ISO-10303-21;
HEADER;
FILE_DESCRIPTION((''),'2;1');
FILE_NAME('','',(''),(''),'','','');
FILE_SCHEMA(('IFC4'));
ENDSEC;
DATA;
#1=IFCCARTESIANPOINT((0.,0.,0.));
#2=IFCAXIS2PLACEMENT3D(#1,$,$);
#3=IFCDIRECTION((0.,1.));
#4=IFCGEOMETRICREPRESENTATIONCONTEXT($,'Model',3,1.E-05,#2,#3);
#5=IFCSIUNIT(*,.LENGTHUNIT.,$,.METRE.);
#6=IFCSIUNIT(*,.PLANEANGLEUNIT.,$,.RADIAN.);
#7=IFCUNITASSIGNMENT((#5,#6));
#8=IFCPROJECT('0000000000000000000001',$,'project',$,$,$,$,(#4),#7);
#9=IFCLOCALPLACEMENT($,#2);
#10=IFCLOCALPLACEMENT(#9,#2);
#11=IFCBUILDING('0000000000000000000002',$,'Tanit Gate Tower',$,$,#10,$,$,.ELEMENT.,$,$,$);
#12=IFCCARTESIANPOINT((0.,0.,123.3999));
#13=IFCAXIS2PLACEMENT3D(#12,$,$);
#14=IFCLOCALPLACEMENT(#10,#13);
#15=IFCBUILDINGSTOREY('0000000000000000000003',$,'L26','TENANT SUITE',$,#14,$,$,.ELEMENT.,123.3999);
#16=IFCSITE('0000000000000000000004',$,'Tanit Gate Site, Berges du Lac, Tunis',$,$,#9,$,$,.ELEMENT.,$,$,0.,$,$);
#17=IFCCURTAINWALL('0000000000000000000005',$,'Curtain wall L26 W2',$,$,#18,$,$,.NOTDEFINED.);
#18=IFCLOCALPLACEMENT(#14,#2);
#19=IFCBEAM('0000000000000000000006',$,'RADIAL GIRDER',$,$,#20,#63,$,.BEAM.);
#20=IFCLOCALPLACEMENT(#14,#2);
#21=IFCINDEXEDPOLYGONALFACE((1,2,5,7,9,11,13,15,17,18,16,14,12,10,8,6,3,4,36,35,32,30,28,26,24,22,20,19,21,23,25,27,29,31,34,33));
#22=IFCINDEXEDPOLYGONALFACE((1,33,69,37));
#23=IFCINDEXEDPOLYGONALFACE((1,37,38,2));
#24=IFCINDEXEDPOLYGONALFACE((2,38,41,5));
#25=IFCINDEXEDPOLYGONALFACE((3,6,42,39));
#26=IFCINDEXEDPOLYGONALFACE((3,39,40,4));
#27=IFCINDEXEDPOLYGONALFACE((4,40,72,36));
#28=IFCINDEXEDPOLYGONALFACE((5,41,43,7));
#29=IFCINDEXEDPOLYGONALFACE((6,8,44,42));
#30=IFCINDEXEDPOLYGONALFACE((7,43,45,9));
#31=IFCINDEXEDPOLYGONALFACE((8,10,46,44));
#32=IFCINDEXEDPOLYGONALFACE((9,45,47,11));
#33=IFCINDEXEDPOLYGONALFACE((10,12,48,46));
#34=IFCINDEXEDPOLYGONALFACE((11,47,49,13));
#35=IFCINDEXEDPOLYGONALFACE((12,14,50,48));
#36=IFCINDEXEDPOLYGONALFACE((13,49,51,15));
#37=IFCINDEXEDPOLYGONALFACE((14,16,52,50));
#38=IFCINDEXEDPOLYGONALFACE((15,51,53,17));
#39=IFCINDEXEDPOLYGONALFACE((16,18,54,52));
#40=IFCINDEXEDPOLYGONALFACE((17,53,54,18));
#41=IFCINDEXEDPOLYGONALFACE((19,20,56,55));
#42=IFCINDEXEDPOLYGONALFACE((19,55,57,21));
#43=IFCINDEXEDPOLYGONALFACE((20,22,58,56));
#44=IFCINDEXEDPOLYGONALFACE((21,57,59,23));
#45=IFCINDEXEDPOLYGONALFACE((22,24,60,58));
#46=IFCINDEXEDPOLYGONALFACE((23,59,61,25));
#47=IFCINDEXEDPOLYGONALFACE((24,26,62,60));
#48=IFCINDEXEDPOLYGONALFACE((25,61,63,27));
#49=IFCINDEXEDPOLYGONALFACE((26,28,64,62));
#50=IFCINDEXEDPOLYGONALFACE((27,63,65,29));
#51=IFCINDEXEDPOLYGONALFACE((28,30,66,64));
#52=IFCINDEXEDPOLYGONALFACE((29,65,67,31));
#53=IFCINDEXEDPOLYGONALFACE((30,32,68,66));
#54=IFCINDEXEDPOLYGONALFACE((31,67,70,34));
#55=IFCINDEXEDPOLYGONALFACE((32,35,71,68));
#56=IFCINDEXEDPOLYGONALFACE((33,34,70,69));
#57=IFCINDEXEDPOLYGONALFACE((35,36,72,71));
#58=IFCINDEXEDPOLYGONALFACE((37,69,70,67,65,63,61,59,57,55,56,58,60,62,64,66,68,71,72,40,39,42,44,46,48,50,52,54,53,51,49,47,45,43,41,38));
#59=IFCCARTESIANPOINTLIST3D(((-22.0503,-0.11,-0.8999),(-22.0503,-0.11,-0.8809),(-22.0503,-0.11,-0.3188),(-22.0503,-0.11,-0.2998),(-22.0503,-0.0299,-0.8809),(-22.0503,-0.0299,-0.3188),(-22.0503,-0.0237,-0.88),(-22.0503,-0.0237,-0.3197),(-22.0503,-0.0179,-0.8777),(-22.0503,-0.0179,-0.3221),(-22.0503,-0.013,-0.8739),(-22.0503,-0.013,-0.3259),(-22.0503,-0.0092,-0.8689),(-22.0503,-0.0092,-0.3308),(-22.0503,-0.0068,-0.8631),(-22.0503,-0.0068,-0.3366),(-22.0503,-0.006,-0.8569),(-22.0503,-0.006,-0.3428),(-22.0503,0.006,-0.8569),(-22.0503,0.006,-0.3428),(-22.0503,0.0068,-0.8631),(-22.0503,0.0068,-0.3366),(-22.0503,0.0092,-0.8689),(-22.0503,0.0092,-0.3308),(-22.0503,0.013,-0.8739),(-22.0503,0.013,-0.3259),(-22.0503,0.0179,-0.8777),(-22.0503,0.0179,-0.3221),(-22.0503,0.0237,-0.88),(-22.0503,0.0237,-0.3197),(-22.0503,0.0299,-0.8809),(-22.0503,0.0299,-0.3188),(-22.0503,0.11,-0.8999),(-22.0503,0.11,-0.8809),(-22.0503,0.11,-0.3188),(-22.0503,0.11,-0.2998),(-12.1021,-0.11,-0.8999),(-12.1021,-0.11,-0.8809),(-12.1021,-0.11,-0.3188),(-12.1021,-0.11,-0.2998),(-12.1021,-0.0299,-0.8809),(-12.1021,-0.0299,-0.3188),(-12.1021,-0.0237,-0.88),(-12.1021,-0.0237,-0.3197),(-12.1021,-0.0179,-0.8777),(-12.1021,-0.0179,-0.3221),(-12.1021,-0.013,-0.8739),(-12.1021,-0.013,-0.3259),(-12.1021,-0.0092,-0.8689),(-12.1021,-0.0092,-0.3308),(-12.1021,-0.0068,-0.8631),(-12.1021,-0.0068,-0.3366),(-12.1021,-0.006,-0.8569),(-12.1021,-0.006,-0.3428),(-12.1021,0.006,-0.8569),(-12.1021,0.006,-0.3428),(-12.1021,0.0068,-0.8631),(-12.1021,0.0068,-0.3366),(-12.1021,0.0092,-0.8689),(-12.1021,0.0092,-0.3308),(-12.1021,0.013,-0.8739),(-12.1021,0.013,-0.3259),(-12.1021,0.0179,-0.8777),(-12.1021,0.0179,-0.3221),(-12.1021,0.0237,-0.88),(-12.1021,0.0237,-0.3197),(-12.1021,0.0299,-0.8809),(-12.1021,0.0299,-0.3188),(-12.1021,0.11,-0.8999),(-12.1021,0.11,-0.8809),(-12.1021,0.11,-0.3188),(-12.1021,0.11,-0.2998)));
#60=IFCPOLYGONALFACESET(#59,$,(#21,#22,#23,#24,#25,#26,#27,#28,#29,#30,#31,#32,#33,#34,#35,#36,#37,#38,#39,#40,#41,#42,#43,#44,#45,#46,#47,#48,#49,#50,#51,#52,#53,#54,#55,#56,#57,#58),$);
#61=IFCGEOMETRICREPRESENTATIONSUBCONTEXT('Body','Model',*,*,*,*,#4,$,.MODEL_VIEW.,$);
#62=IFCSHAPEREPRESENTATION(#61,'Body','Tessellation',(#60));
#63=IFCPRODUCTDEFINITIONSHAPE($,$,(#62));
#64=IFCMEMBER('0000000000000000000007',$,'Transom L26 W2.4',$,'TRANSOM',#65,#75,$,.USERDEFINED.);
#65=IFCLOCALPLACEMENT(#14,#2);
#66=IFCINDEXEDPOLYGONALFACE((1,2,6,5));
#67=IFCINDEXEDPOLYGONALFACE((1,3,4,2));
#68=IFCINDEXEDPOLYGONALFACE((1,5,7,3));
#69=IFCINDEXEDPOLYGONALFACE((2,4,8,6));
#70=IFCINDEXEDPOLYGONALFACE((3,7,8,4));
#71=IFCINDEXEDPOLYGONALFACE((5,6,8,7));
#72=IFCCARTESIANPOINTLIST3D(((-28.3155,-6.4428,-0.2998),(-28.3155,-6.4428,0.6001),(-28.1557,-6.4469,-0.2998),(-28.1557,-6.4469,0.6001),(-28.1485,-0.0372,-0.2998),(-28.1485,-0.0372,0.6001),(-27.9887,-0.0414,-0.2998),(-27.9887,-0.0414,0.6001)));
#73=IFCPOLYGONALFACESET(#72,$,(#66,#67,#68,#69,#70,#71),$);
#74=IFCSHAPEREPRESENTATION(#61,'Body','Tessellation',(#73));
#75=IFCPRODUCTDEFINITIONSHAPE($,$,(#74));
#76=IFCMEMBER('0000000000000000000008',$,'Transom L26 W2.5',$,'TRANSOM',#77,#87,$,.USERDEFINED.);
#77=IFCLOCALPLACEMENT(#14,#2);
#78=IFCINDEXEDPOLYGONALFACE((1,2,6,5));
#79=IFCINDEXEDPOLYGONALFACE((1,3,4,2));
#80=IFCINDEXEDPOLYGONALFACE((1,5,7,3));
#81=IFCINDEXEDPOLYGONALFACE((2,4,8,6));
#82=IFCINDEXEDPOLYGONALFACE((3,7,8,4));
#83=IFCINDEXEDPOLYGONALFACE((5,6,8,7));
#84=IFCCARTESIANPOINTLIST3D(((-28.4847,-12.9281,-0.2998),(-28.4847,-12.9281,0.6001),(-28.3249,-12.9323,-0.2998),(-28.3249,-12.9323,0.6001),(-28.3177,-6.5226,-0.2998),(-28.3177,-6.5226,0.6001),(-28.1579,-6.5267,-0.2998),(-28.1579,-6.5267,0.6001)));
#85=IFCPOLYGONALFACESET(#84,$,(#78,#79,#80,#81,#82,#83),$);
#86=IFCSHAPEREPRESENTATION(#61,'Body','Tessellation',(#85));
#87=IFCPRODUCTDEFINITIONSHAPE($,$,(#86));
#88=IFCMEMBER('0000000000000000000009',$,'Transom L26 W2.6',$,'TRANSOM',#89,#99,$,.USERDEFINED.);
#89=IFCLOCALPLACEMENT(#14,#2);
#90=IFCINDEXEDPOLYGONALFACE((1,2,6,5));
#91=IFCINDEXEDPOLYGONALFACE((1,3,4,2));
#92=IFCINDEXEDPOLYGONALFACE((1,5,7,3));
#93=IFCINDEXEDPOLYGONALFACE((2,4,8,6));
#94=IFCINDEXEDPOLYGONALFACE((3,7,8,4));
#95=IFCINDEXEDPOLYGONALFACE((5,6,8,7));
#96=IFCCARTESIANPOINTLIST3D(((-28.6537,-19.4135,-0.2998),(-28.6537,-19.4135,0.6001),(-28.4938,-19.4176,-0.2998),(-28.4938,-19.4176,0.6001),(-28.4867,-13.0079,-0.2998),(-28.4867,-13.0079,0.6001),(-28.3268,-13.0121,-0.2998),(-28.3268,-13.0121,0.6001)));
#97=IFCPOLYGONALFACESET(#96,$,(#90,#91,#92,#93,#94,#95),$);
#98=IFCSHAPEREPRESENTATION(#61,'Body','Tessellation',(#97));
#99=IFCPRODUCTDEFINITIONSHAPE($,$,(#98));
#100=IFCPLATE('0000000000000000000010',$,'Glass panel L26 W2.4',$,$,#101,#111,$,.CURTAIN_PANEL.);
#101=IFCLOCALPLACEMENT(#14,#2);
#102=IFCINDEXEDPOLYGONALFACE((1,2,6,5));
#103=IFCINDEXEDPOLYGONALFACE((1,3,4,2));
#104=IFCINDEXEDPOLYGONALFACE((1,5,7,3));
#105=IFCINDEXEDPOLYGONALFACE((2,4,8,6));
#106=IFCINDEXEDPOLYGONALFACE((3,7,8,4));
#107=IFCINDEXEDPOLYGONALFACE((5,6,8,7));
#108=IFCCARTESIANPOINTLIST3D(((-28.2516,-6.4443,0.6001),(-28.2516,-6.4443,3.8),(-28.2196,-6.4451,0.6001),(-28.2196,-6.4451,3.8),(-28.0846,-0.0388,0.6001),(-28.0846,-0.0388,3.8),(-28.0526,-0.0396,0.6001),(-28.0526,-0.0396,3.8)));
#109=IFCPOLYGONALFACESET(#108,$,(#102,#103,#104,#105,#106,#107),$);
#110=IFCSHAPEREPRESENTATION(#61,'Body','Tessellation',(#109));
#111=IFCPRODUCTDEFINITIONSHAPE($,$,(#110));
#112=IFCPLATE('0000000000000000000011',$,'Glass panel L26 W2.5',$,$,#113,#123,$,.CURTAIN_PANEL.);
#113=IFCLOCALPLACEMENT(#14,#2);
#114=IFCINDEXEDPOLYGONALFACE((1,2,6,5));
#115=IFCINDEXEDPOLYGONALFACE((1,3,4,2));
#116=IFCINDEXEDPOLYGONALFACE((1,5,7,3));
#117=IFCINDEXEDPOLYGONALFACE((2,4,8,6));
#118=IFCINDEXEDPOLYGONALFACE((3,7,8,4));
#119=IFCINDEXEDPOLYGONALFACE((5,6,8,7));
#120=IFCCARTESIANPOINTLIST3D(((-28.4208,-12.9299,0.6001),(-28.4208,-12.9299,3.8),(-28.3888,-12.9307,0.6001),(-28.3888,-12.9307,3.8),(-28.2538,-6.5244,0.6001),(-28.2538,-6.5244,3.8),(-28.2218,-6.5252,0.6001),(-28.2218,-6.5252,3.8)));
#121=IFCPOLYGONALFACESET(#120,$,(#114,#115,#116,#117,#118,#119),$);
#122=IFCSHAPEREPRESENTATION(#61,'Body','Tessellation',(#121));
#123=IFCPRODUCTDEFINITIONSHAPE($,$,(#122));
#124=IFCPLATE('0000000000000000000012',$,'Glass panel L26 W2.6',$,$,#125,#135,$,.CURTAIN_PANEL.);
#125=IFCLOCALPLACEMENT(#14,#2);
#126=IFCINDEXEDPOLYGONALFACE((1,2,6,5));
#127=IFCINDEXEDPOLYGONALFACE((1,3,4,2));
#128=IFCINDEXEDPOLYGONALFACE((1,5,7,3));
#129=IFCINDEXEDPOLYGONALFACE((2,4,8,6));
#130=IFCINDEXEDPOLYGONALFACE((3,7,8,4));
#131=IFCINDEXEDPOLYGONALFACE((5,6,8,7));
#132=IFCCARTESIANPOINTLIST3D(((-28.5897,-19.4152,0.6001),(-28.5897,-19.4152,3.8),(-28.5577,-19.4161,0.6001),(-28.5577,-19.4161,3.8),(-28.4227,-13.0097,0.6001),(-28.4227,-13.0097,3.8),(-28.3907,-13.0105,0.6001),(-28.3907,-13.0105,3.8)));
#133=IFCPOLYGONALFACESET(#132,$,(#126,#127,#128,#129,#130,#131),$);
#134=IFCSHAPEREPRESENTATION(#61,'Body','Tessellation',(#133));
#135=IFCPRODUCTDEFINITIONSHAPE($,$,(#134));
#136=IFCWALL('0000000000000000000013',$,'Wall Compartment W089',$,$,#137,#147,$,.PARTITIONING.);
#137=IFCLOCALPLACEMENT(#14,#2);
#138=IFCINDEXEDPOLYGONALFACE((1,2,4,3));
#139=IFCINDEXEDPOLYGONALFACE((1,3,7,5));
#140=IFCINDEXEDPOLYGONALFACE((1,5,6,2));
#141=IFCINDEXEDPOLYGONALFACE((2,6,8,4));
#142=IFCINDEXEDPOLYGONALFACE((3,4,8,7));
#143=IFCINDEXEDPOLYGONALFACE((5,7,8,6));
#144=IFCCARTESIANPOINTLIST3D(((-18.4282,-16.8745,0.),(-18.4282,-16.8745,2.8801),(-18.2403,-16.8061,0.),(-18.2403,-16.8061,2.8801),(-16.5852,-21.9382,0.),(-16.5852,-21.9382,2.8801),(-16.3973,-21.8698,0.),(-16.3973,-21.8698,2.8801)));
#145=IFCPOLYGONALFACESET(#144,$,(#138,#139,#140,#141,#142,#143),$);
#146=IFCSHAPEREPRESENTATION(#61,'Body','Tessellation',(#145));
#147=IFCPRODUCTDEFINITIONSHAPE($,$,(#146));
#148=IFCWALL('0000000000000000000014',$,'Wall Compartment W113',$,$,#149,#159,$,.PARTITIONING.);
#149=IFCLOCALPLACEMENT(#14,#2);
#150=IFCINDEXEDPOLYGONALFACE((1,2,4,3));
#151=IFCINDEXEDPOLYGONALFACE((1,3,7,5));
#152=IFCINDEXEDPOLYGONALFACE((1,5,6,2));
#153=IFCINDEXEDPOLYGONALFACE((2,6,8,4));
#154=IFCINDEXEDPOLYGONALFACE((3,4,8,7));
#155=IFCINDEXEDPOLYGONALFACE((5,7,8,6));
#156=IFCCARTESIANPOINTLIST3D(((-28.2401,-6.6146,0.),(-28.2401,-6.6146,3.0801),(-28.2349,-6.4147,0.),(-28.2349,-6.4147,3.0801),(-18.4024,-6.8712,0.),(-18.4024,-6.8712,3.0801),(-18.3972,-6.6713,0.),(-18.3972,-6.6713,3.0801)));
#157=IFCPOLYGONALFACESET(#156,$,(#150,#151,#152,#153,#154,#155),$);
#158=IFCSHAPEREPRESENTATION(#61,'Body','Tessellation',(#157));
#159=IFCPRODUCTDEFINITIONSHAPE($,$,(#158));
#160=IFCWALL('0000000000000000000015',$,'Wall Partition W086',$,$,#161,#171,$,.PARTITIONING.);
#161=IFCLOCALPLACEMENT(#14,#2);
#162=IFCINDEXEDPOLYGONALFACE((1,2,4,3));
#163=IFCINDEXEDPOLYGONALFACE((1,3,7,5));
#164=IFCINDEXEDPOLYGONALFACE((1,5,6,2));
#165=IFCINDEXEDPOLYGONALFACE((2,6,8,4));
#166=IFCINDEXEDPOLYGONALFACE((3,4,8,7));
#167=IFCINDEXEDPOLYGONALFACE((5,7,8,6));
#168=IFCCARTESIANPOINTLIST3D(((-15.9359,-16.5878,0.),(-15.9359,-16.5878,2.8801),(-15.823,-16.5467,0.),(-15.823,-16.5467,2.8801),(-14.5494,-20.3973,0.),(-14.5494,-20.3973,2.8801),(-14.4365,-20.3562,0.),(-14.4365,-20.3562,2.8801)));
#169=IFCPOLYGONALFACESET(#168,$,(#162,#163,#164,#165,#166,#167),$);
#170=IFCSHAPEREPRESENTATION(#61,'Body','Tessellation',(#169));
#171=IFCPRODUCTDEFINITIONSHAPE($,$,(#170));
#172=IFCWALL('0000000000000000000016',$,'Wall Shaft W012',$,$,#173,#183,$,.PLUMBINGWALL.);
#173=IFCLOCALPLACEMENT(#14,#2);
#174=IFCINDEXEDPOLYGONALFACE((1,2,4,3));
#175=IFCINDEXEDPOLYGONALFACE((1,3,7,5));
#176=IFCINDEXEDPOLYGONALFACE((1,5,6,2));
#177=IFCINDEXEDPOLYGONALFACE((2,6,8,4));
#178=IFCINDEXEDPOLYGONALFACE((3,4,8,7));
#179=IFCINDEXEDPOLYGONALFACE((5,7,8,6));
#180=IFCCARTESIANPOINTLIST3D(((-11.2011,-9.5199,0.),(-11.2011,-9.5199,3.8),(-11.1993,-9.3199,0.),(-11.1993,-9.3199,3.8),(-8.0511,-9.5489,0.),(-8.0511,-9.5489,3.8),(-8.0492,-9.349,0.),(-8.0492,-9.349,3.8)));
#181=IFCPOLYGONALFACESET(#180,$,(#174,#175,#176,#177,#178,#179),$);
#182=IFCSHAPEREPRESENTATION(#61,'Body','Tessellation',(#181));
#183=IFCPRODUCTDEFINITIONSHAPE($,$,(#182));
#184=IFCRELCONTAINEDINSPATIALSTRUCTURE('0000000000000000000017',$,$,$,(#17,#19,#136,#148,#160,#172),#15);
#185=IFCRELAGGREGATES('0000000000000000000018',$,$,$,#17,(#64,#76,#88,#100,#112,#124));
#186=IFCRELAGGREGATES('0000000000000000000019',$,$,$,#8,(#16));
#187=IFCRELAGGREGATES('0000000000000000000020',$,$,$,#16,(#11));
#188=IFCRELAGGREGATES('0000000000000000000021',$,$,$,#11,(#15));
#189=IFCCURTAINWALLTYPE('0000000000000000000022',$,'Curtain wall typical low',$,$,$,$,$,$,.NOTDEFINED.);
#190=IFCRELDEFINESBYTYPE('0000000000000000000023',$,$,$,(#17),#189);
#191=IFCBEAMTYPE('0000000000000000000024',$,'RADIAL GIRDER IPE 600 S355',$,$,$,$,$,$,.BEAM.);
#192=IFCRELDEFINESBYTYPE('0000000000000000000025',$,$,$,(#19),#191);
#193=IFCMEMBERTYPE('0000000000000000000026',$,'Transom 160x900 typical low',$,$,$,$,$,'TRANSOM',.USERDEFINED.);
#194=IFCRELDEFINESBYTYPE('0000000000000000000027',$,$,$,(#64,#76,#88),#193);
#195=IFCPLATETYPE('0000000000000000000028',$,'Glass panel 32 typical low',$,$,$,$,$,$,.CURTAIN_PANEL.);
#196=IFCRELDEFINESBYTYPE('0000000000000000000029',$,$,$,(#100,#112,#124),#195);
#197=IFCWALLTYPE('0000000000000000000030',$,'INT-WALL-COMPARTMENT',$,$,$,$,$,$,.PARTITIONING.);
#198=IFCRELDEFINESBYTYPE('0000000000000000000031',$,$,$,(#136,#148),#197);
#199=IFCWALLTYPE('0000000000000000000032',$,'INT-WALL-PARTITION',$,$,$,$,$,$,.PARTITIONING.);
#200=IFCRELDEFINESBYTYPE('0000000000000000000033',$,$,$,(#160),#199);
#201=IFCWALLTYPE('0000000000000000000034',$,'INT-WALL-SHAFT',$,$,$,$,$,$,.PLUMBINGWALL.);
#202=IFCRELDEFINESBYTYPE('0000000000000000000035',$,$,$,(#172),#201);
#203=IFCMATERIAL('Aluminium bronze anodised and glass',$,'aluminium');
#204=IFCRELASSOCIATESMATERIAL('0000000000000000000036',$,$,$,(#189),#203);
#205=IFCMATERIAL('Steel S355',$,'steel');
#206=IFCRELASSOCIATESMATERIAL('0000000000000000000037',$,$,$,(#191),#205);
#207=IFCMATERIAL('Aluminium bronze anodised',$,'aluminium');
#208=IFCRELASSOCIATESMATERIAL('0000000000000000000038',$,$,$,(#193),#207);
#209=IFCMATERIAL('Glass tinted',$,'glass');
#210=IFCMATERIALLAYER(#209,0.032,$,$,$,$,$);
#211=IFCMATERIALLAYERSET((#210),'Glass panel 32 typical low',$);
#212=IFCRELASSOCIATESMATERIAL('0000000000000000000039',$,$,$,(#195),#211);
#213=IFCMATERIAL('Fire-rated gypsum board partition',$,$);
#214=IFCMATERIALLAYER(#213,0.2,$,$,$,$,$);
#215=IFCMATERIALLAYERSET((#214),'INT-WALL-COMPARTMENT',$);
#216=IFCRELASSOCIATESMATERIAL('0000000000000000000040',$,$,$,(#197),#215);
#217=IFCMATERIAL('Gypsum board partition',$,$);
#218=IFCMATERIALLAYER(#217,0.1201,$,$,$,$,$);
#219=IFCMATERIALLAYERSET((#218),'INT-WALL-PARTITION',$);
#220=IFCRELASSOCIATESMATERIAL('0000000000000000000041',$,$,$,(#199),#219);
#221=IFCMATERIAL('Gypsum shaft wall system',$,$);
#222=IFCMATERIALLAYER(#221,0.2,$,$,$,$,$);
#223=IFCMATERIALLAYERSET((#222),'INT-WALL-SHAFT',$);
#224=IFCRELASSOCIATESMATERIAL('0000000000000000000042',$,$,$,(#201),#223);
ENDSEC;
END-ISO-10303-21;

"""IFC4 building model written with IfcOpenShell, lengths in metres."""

from ifc_helpers import new_model, si_unit, direction, frame, frame_2d, origin, origin_2d, place, context, subcontext, project, spatial, rectangle, i_section, extrude, material, layer, layer_set, material_profile, profile_set, type_object, element, aggregate, save


model = new_model("IFC4")

# Units and contexts
model_context = context("Model", 3, precision=1e-05, world=origin(), true_north=direction((0.0, 1.0)))
body_context = subcontext(model_context, "Body", "Model", "MODEL_VIEW")
ifc_project = project(units=[si_unit("LENGTHUNIT", "METRE"), si_unit("PLANEANGLEUNIT", "RADIAN")], contexts=[model_context])

# Site, building, storey
site_placement = place(None, origin())
site = spatial("IfcSite", under=ifc_project, at=site_placement, Name="Tanit Gate Site, Berges du Lac, Tunis", CompositionType="ELEMENT", RefElevation=0.0)
building_placement = place(site_placement, origin())
building = spatial("IfcBuilding", under=site, at=building_placement, Name="Tanit Gate Tower", CompositionType="ELEMENT")
storey_placement = place(building_placement, frame((0.0, 0.0, 123.3999)))
storey = spatial("IfcBuildingStorey", under=building, at=storey_placement, Name="L26", Description="TENANT SUITE", CompositionType="ELEMENT", Elevation=123.3999)

# Curtain wall
ifc_material_1 = material(Name="Aluminium bronze anodised and glass", Category="aluminium")
curtain_wall_type = type_object("IfcCurtainWallType", Name="Curtain wall typical low", PredefinedType="NOTDEFINED", material=ifc_material_1)
curtain_wall_placement = place(storey_placement, origin())
curtain_wall = element("IfcCurtainWall", 1, at=curtain_wall_placement, inside=storey, type_object=curtain_wall_type, Name="Curtain wall L26 W2", PredefinedType="NOTDEFINED")

# Beam
ifc_material_2 = material(Name="Steel S355", Category="steel")
ifc_material_profile_1 = material_profile(ifc_material_2, i_section(OverallWidth=0.22, OverallDepth=0.6001, WebThickness=0.012, FlangeThickness=0.019, FilletRadius=0.0239, at=origin_2d()), Name="IPE 600")
ifc_profile_set_1 = profile_set([ifc_material_profile_1], Name="Steel S355")
beam_type_1 = type_object("IfcBeamType", Name="RADIAL GIRDER IPE 600 S355", PredefinedType="BEAM", material=ifc_profile_set_1)
beam_1_placement = place(storey_placement, frame((-22.0503, 0.0, -0.5999), z_axis=(1.0, 0.0, 0.0), x_axis=(0.0, 1.0, 0.0)))
element("IfcBeam", 2, at=beam_1_placement, inside=storey, type_object=beam_type_1, Name="RADIAL GIRDER", PredefinedType="BEAM", context=body_context, shape_type="SweptSolid", body=[
    extrude(i_section(OverallWidth=0.22, OverallDepth=0.6001, WebThickness=0.012, FlangeThickness=0.019, FilletRadius=0.0239, at=origin_2d()), origin(), (0.0, 0.0, 1.0), 9.9482),
])

# Members
ifc_material_3 = material(Name="Aluminium bronze anodised", Category="aluminium")
ifc_material_profile_2 = material_profile(ifc_material_3, rectangle(XDim=0.1599, YDim=0.8999, at=origin_2d()), Name="160x900 bronze transom")
ifc_profile_set_2 = profile_set([ifc_material_profile_2], Name="Aluminium bronze anodised")
member_type_1 = type_object("IfcMemberType", Name="Transom 160x900 typical low", ElementType="TRANSOM", PredefinedType="USERDEFINED", material=ifc_profile_set_2)
member_1_placement = place(storey_placement, frame((-28.0686, -0.0393, 0.1501), z_axis=(-0.026061, -0.99966, 0.0), x_axis=(0.99966, -0.026061, 0.0)))
member_1 = element("IfcMember", 3, at=member_1_placement, type_object=member_type_1, Name="Transom L26 W2.4", ObjectType="TRANSOM", PredefinedType="USERDEFINED", context=body_context, shape_type="SweptSolid", body=[
    extrude(rectangle(XDim=0.1599, YDim=0.8999, at=origin_2d()), origin(), (0.0, 0.0, 1.0), 6.4077),
])
member_2_placement = place(storey_placement, frame((-28.2378, -6.5247, 0.1501), z_axis=(-0.026061, -0.99966, 0.0), x_axis=(0.99966, -0.026061, 0.0)))
member_2 = element("IfcMember", 4, at=member_2_placement, type_object=member_type_1, Name="Transom L26 W2.5", ObjectType="TRANSOM", PredefinedType="USERDEFINED", context=body_context, shape_type="SweptSolid", body=[
    extrude(rectangle(XDim=0.1599, YDim=0.8999, at=origin_2d()), origin(), (0.0, 0.0, 1.0), 6.4077),
])
member_3_placement = place(storey_placement, frame((-28.4067, -13.01, 0.1501), z_axis=(-0.026061, -0.99966, 0.0), x_axis=(0.99966, -0.026061, 0.0)))
member_3 = element("IfcMember", 5, at=member_3_placement, type_object=member_type_1, Name="Transom L26 W2.6", ObjectType="TRANSOM", PredefinedType="USERDEFINED", context=body_context, shape_type="SweptSolid", body=[
    extrude(rectangle(XDim=0.1599, YDim=0.8999, at=origin_2d()), origin(), (0.0, 0.0, 1.0), 6.4077),
])

# Plates
ifc_material_4 = material(Name="Glass tinted", Category="glass")
ifc_layer_1 = layer(ifc_material_4, 0.032)
ifc_layer_set_1 = layer_set([ifc_layer_1], Name="Glass panel 32 typical low")
plate_type = type_object("IfcPlateType", Name="Glass panel 32 typical low", PredefinedType="CURTAIN_PANEL", material=ifc_layer_set_1)
plate_1_placement = place(storey_placement, frame((-28.1521, -3.2419, 0.6001), z_axis=(0.0, 0.0, 1.0), x_axis=(-0.026063, -0.99966, 0.0)))
plate_1 = element("IfcPlate", 6, at=plate_1_placement, type_object=plate_type, Name="Glass panel L26 W2.4", PredefinedType="CURTAIN_PANEL", context=body_context, shape_type="SweptSolid", body=[
    extrude(rectangle(XDim=6.4077, YDim=0.032, at=origin_2d()), origin(), (0.0, 0.0, 1.0), 3.2),
])
plate_2_placement = place(storey_placement, frame((-28.3213, -9.7275, 0.6001), z_axis=(0.0, 0.0, 1.0), x_axis=(-0.026063, -0.99966, 0.0)))
plate_2 = element("IfcPlate", 7, at=plate_2_placement, type_object=plate_type, Name="Glass panel L26 W2.5", PredefinedType="CURTAIN_PANEL", context=body_context, shape_type="SweptSolid", body=[
    extrude(rectangle(XDim=6.4077, YDim=0.032, at=origin_2d()), origin(), (0.0, 0.0, 1.0), 3.2),
])
plate_3_placement = place(storey_placement, frame((-28.4902, -16.2129, 0.6001), z_axis=(0.0, 0.0, 1.0), x_axis=(-0.026063, -0.99966, 0.0)))
plate_3 = element("IfcPlate", 8, at=plate_3_placement, type_object=plate_type, Name="Glass panel L26 W2.6", PredefinedType="CURTAIN_PANEL", context=body_context, shape_type="SweptSolid", body=[
    extrude(rectangle(XDim=6.4077, YDim=0.032, at=origin_2d()), origin(), (0.0, 0.0, 1.0), 3.2),
])
aggregate(curtain_wall, [member_1, member_2, member_3, plate_1, plate_2, plate_3])

# Walls
ifc_material_5 = material(Name="Fire-rated gypsum board partition")
ifc_layer_2 = layer(ifc_material_5, 0.2)
ifc_layer_set_2 = layer_set([ifc_layer_2], Name="INT-WALL-COMPARTMENT")
wall_type_1 = type_object("IfcWallType", Name="INT-WALL-COMPARTMENT", PredefinedType="PARTITIONING", material=ifc_layer_set_2)
wall_1_placement = place(storey_placement, frame((-18.3342, -16.8403, 0.0), z_axis=(0.0, 0.0, 1.0), x_axis=(0.342016, -0.939694, 0.0)))
element("IfcWall", 9, at=wall_1_placement, inside=storey, type_object=wall_type_1, Name="Wall Compartment W089", PredefinedType="PARTITIONING", context=body_context, shape_type="SweptSolid", body=[
    extrude(rectangle(XDim=5.3887, YDim=0.2, at=frame_2d((2.6943, 0.0))), origin(), (0.0, 0.0, 1.0), 2.8801),
])
wall_2_placement = place(storey_placement, frame((-18.3999, -6.7712, 0.0), z_axis=(0.0, 0.0, 1.0), x_axis=(-0.99966, 0.026074, 0.0)))
element("IfcWall", 10, at=wall_2_placement, inside=storey, type_object=wall_type_1, Name="Wall Compartment W113", PredefinedType="PARTITIONING", context=body_context, shape_type="SweptSolid", body=[
    extrude(rectangle(XDim=9.8411, YDim=0.2, at=frame_2d((4.9204, 0.0))), origin(), (0.0, 0.0, 1.0), 3.0801),
])
ifc_material_6 = material(Name="Gypsum board partition")
ifc_layer_3 = layer(ifc_material_6, 0.1201)
ifc_layer_set_3 = layer_set([ifc_layer_3], Name="INT-WALL-PARTITION")
wall_type_2 = type_object("IfcWallType", Name="INT-WALL-PARTITION", PredefinedType="PARTITIONING", material=ifc_layer_set_3)
wall_3_placement = place(storey_placement, frame((-15.8794, -16.5674, 0.0), z_axis=(0.0, 0.0, 1.0), x_axis=(0.341999, -0.9397, 0.0)))
element("IfcWall", 11, at=wall_3_placement, inside=storey, type_object=wall_type_2, Name="Wall Partition W086", PredefinedType="PARTITIONING", context=body_context, shape_type="SweptSolid", body=[
    extrude(rectangle(XDim=4.054, YDim=0.1201, at=frame_2d((2.0269, 0.0))), origin(), (0.0, 0.0, 1.0), 2.8801),
])
ifc_material_7 = material(Name="Gypsum shaft wall system")
ifc_layer_4 = layer(ifc_material_7, 0.2)
ifc_layer_set_4 = layer_set([ifc_layer_4], Name="INT-WALL-SHAFT")
wall_type_3 = type_object("IfcWallType", Name="INT-WALL-SHAFT", PredefinedType="PLUMBINGWALL", material=ifc_layer_set_4)
wall_4_placement = place(storey_placement, frame((-8.05, -9.449, 0.0), z_axis=(0.0, 0.0, 1.0), x_axis=(-0.999957, 0.009223, 0.0)))
element("IfcWall", 12, at=wall_4_placement, inside=storey, type_object=wall_type_3, Name="Wall Shaft W012", PredefinedType="PLUMBINGWALL", context=body_context, shape_type="SweptSolid", body=[
    extrude(rectangle(XDim=3.1501, YDim=0.2, at=frame_2d((1.5752, 0.0))), origin(), (0.0, 0.0, 1.0), 3.8),
])

save(model, "model.ifc")
